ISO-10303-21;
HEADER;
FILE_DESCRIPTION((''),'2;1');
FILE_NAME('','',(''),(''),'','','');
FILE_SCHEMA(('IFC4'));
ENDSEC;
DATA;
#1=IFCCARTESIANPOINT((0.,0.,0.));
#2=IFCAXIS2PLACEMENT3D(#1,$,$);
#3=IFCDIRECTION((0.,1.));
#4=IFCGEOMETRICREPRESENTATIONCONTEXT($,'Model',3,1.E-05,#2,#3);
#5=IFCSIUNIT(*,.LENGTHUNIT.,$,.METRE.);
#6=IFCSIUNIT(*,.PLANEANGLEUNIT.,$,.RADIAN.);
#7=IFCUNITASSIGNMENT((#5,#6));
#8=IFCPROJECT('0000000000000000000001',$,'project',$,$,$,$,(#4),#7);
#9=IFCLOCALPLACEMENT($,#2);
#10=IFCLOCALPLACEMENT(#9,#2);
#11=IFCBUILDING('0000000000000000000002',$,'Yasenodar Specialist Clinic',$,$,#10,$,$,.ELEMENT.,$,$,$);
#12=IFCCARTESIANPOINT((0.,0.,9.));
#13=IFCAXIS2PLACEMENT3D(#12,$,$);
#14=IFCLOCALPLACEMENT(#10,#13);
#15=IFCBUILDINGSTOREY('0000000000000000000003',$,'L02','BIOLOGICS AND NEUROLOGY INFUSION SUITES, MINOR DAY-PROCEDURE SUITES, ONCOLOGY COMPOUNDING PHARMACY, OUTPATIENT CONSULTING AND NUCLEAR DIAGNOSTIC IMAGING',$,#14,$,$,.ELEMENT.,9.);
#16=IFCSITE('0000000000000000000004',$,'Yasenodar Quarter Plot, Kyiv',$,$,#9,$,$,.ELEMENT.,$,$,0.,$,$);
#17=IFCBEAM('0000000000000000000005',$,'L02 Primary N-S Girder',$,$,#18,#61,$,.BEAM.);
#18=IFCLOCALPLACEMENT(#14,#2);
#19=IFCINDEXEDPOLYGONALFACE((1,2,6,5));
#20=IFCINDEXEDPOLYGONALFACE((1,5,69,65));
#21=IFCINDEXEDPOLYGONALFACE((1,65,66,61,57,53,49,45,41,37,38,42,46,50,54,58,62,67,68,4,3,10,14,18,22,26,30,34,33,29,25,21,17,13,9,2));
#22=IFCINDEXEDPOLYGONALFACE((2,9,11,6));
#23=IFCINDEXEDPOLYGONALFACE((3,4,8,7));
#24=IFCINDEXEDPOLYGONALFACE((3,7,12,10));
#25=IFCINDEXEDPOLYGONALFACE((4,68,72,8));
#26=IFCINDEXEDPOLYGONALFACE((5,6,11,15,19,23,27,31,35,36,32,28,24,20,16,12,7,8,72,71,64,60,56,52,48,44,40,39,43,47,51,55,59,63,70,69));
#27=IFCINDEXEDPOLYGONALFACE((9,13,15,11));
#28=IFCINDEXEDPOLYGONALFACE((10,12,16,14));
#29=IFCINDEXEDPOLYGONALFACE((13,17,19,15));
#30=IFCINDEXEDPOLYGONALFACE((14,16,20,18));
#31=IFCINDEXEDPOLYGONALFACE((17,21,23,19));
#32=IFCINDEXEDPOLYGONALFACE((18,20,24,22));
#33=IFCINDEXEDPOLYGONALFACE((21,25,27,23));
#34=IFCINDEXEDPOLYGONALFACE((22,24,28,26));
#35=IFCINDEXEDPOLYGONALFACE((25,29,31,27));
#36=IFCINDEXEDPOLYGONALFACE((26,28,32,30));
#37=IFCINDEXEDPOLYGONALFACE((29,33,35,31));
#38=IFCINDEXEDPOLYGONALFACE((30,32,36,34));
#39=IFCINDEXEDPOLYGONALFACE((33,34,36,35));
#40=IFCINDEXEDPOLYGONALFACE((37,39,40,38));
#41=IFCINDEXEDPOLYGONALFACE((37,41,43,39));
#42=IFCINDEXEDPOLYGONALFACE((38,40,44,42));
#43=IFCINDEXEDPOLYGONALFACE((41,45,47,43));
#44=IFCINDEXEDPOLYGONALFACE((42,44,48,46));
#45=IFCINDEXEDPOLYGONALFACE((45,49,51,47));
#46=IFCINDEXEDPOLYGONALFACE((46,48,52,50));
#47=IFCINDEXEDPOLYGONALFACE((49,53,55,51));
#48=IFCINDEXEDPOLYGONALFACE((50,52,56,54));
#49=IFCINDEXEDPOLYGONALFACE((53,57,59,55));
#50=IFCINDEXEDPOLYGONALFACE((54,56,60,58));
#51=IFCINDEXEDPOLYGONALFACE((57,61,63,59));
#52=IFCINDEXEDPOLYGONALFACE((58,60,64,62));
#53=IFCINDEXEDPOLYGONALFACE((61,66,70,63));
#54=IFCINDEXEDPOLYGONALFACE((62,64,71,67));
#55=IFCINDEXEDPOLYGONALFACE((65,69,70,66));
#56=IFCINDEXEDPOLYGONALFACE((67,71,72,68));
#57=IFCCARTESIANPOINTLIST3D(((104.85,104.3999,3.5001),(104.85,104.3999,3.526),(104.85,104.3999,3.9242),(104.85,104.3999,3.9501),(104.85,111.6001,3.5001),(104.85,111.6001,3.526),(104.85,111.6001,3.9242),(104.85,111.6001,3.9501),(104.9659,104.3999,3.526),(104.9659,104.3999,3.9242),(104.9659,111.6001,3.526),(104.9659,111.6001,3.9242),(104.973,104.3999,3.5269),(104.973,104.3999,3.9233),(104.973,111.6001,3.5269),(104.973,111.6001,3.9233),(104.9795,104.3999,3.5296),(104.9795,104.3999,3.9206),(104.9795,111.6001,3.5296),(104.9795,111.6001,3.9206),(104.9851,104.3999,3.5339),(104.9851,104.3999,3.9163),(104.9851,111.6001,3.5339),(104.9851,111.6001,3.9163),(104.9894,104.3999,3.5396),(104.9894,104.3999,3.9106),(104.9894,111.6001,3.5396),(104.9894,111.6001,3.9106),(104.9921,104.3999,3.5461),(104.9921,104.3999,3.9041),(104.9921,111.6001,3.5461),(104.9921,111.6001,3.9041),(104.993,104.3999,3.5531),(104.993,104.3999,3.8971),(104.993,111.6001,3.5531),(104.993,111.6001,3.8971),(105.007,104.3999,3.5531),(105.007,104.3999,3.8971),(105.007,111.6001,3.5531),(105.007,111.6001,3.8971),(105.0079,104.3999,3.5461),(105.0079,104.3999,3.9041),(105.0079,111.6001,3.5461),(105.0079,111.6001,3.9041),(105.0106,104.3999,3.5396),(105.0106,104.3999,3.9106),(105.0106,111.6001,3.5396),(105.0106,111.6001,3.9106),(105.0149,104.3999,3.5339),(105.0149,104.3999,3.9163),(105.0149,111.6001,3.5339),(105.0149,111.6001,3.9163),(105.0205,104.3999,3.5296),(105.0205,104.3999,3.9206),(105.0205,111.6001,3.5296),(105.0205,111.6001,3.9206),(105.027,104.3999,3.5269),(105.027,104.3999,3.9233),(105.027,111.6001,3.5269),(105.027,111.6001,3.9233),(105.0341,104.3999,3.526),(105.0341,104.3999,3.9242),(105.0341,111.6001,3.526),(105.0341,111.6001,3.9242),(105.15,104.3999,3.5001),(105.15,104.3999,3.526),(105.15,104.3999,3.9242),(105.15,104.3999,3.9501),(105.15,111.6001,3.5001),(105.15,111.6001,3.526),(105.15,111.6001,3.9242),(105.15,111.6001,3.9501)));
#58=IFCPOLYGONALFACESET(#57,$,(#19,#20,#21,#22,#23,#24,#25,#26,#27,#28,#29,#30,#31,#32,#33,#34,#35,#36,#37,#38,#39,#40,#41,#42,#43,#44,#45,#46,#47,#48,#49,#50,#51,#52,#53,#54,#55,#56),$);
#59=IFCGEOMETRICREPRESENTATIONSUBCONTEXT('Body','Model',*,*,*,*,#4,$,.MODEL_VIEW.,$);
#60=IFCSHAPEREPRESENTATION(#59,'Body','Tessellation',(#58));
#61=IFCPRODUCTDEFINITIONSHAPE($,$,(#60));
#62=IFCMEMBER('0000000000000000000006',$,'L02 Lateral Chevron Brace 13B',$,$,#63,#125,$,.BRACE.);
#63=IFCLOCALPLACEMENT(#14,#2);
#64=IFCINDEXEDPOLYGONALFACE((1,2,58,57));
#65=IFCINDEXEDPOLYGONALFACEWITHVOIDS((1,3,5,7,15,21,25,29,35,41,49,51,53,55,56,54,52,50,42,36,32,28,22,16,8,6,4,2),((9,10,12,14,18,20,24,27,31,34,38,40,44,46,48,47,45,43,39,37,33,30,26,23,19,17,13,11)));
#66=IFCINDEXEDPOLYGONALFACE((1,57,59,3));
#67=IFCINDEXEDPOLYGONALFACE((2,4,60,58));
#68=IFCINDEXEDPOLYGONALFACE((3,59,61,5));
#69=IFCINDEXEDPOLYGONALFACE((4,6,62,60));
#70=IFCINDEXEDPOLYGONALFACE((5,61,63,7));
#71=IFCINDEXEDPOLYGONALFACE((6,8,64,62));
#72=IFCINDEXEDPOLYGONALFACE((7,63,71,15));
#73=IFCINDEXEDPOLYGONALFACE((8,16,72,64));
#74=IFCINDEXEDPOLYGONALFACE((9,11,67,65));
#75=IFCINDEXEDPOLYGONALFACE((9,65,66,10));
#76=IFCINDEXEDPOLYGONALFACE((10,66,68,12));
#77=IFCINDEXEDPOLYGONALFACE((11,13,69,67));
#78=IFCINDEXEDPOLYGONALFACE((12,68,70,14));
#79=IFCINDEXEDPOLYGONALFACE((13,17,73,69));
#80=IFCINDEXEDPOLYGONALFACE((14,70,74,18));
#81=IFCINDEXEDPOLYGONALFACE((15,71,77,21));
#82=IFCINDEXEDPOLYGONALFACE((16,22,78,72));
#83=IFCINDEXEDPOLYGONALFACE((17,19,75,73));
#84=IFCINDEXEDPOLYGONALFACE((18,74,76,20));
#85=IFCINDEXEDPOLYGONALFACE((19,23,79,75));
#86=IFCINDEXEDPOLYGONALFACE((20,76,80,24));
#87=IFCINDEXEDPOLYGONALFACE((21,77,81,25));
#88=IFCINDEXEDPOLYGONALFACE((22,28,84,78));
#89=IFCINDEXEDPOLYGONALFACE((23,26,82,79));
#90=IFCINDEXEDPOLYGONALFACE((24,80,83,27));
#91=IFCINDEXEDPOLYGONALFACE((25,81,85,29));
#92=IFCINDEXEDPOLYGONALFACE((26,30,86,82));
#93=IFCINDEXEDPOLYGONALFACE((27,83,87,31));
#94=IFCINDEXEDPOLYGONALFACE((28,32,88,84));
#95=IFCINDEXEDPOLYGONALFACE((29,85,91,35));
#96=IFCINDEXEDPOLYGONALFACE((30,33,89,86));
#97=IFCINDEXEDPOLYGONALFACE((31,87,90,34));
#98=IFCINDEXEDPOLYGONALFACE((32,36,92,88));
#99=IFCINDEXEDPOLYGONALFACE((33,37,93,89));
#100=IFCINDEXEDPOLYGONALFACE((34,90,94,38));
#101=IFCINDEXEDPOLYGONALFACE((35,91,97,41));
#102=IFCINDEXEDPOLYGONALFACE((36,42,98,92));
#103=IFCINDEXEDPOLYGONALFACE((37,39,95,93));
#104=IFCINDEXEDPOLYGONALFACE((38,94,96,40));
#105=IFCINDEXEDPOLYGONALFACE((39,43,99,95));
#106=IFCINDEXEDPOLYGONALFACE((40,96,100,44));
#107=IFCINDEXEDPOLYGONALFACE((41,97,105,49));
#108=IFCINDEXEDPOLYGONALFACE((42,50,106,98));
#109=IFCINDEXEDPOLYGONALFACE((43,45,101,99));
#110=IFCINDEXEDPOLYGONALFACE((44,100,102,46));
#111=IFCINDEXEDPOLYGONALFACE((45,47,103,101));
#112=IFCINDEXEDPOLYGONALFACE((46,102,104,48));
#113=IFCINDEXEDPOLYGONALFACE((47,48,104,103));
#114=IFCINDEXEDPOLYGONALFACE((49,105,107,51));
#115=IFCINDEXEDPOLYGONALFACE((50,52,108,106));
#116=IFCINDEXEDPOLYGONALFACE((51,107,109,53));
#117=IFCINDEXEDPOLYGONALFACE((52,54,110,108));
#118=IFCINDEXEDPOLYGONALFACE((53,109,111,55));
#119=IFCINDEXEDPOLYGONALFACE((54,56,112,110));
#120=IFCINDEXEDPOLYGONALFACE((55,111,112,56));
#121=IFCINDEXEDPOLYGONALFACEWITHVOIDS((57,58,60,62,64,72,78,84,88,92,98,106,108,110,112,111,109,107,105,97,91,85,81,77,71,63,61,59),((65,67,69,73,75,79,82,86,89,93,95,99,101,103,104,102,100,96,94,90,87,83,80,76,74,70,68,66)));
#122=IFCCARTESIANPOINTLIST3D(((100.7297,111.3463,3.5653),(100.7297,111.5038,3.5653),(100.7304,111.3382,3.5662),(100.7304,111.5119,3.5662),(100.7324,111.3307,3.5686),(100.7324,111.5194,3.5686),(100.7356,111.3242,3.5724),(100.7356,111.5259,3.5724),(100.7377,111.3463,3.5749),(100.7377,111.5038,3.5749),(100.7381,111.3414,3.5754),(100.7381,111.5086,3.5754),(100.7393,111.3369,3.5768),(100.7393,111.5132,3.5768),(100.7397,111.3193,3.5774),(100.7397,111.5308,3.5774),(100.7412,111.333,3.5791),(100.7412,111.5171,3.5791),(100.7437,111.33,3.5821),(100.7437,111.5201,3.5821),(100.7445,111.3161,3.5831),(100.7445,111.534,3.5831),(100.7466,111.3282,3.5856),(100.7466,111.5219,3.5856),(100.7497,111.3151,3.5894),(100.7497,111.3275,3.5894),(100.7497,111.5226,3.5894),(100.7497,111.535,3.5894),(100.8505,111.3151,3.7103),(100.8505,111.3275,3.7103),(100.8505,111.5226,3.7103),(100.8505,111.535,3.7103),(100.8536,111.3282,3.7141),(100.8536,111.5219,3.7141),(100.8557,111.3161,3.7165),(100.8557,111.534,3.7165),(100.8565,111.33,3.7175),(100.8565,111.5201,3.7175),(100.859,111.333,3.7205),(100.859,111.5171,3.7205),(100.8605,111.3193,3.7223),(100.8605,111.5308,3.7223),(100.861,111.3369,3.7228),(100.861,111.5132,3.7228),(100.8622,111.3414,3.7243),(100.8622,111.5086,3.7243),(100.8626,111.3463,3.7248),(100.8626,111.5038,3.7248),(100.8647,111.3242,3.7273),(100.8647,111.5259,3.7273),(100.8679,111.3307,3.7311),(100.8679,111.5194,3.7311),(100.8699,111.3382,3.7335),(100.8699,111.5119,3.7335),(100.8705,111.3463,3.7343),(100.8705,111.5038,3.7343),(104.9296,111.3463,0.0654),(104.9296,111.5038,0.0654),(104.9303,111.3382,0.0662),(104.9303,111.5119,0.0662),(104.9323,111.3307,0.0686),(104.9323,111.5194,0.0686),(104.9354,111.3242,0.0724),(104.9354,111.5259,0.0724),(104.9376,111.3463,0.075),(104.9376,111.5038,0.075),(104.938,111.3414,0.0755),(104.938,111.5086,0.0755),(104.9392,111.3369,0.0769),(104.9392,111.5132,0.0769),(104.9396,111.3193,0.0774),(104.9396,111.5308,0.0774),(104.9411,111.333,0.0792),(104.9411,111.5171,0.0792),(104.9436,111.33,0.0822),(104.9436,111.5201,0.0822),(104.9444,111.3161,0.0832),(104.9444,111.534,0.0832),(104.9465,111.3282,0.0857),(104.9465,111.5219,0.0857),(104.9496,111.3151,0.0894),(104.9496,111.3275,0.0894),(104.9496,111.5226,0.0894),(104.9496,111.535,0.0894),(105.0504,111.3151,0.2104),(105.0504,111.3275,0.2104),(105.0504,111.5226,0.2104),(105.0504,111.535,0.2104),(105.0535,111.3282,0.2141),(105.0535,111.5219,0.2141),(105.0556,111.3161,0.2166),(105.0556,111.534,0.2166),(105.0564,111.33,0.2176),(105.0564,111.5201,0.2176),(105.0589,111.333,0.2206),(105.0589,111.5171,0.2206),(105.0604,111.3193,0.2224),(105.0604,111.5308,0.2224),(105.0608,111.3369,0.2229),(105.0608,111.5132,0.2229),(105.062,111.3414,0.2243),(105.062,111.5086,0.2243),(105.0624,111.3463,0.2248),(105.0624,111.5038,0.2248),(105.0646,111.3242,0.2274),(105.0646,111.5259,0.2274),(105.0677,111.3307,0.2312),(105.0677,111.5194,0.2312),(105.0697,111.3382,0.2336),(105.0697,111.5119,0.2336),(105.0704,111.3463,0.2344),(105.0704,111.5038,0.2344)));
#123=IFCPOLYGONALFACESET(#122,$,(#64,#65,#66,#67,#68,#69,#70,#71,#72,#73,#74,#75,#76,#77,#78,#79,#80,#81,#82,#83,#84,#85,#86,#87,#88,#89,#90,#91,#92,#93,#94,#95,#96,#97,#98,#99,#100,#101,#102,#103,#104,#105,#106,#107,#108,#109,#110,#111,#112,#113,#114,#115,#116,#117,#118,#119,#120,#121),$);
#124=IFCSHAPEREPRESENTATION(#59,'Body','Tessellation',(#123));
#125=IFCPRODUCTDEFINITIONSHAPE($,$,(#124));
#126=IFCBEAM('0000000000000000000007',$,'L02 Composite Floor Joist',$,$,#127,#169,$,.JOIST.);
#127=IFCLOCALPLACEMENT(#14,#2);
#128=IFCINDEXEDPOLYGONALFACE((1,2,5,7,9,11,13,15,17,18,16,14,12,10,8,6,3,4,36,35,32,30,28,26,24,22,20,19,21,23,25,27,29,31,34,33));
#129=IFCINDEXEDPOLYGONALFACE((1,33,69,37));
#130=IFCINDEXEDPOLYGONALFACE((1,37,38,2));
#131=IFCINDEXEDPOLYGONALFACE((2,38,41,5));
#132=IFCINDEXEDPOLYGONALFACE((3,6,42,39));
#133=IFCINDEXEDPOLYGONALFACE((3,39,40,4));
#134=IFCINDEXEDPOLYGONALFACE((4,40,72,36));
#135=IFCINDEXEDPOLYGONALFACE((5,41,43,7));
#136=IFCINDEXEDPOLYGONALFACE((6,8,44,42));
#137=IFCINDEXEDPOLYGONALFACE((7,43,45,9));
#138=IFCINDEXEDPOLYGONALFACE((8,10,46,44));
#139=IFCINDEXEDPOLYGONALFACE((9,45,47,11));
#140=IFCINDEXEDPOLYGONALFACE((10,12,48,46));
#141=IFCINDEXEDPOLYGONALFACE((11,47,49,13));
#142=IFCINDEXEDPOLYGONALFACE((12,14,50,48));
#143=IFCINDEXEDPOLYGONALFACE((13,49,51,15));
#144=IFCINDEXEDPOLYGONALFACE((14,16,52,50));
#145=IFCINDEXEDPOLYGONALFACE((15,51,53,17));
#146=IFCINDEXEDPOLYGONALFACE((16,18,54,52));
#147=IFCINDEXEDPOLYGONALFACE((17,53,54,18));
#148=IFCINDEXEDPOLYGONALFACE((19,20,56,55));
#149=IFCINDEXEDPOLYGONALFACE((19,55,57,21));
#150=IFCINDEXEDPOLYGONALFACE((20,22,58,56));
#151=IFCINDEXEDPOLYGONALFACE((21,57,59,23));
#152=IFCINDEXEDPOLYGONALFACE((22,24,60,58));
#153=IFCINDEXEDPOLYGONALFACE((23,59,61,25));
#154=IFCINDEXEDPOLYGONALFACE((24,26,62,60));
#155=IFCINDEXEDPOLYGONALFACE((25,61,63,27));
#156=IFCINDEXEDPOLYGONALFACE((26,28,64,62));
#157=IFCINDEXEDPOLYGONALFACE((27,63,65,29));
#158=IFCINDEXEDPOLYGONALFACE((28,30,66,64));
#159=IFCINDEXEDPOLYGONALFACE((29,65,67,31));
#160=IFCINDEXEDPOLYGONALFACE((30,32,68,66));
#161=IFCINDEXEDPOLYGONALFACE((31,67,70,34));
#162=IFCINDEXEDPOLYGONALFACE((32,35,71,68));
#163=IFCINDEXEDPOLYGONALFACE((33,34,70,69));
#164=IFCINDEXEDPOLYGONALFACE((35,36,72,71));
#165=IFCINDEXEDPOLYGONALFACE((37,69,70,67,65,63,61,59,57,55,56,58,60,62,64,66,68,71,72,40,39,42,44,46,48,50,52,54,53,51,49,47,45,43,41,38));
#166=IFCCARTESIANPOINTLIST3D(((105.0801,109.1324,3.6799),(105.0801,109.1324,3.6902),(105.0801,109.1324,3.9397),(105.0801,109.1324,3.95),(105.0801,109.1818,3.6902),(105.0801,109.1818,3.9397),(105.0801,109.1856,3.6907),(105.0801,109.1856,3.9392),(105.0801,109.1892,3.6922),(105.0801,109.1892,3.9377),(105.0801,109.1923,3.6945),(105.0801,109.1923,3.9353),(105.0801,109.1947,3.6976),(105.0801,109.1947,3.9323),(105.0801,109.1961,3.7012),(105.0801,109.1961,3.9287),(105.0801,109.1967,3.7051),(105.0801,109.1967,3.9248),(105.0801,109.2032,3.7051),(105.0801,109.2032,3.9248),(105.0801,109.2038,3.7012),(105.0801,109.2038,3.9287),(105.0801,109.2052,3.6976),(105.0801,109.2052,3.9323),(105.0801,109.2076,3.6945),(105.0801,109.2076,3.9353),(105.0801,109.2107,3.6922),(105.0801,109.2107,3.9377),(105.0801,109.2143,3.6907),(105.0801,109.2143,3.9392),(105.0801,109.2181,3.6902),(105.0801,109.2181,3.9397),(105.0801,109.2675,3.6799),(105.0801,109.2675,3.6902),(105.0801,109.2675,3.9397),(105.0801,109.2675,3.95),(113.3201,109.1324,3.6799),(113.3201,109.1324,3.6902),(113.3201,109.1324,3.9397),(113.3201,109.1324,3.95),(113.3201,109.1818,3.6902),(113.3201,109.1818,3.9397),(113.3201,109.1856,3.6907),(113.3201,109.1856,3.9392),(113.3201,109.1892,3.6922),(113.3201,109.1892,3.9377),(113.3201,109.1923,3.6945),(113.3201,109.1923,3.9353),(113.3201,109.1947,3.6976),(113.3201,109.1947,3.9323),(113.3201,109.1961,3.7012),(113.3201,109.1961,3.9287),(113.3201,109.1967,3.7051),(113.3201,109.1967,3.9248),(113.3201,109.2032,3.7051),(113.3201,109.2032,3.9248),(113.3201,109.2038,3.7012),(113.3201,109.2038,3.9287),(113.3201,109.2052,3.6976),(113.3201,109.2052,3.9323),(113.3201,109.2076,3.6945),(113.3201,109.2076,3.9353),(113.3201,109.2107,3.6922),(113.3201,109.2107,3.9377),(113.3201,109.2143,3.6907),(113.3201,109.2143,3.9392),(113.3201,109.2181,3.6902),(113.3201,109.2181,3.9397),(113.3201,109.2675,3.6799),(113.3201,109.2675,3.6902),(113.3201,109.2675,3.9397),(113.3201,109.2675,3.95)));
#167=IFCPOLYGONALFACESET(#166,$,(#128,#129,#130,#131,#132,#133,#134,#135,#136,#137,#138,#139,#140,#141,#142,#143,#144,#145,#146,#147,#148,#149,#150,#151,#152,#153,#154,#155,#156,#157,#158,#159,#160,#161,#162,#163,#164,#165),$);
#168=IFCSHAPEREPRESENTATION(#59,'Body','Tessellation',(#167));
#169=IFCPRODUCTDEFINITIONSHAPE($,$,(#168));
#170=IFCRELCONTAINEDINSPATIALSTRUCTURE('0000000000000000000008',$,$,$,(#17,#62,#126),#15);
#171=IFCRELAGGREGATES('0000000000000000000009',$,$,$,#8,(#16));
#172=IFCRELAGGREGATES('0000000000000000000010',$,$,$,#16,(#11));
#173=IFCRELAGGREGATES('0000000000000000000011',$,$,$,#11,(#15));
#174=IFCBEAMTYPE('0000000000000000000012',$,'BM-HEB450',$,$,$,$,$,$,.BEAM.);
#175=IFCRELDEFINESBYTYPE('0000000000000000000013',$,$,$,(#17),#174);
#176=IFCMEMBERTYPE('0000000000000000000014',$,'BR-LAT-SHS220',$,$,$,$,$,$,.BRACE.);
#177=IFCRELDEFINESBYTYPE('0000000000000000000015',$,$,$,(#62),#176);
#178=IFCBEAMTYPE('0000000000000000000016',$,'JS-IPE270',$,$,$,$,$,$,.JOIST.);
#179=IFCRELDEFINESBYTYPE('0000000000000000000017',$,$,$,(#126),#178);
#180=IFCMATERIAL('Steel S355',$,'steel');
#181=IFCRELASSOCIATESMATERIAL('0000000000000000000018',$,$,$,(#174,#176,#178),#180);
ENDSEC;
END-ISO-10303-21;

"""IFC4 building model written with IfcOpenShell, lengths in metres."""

from ifc_helpers import new_model, si_unit, direction, frame, origin, origin_2d, place, context, subcontext, project, spatial, hollow_rectangle, i_section, extrude, material, material_profile, profile_set, type_object, element, save


model = new_model("IFC4")

# Units and contexts
model_context = context("Model", 3, precision=1e-05, world=origin(), true_north=direction((0.0, 1.0)))
body_context = subcontext(model_context, "Body", "Model", "MODEL_VIEW")
ifc_project = project(units=[si_unit("LENGTHUNIT", "METRE"), si_unit("PLANEANGLEUNIT", "RADIAN")], contexts=[model_context])

# Site, building, storey
site_placement = place(None, origin())
site = spatial("IfcSite", under=ifc_project, at=site_placement, Name="Yasenodar Quarter Plot, Kyiv", CompositionType="ELEMENT", RefElevation=0.0)
building_placement = place(site_placement, origin())
building = spatial("IfcBuilding", under=site, at=building_placement, Name="Yasenodar Specialist Clinic", CompositionType="ELEMENT")
storey_placement = place(building_placement, frame((0.0, 0.0, 9.0)))
storey = spatial("IfcBuildingStorey", under=building, at=storey_placement, Name="L02", Description="BIOLOGICS AND NEUROLOGY INFUSION SUITES, MINOR DAY-PROCEDURE SUITES, ONCOLOGY COMPOUNDING PHARMACY, OUTPATIENT CONSULTING AND NUCLEAR DIAGNOSTIC IMAGING", CompositionType="ELEMENT", Elevation=9.0)

# Shared definitions
ifc_material_1 = material(Name="Steel S355", Category="steel")

# Beam
ifc_material_profile_1 = material_profile(ifc_material_1, i_section(OverallWidth=0.3, OverallDepth=0.45, WebThickness=0.0139, FlangeThickness=0.0259, FilletRadius=0.0271, at=origin_2d()), Name="HEB 450")
ifc_profile_set_1 = profile_set([ifc_material_profile_1], Name="Steel S355")
beam_type_1 = type_object("IfcBeamType", Name="BM-HEB450", PredefinedType="BEAM", material=ifc_profile_set_1)
beam_1_placement = place(storey_placement, frame((105.0, 104.3999, 3.7251), z_axis=(0.0, 1.0, 0.0), x_axis=(-1.0, 0.0, 0.0)))
element("IfcBeam", 1, at=beam_1_placement, inside=storey, type_object=beam_type_1, Name="L02 Primary N-S Girder", PredefinedType="BEAM", context=body_context, shape_type="SweptSolid", body=[
    extrude(i_section(OverallWidth=0.3, OverallDepth=0.45, WebThickness=0.0139, FlangeThickness=0.0259, FilletRadius=0.0271, at=origin_2d()), origin(), (0.0, 0.0, 1.0), 7.2002),
])

# Member
ifc_material_profile_2 = material_profile(ifc_material_1, hollow_rectangle(XDim=0.22, YDim=0.22, WallThickness=0.0125, InnerFilletRadius=0.0188, OuterFilletRadius=0.0312, at=origin_2d()), Name="SHS 220x220x12.5")
ifc_profile_set_2 = profile_set([ifc_material_profile_2], Name="Steel S355")
member_type = type_object("IfcMemberType", Name="BR-LAT-SHS220", PredefinedType="BRACE", material=ifc_profile_set_2)
member_placement = place(storey_placement, frame((105.0, 111.425, 0.1499), z_axis=(-0.768218, 0.0, 0.640189), x_axis=(0.0, -1.0, 0.0)))
element("IfcMember", 2, at=member_placement, inside=storey, type_object=member_type, Name="L02 Lateral Chevron Brace 13B", PredefinedType="BRACE", context=body_context, shape_type="SweptSolid", body=[
    extrude(hollow_rectangle(XDim=0.22, YDim=0.22, WallThickness=0.0125, InnerFilletRadius=0.0188, OuterFilletRadius=0.0312, at=origin_2d()), origin(), (0.0, 0.0, 1.0), 5.467),
])

# Beam
ifc_material_profile_3 = material_profile(ifc_material_1, i_section(OverallWidth=0.135, OverallDepth=0.27, WebThickness=0.0066, FlangeThickness=0.0103, FilletRadius=0.0149, at=origin_2d()), Name="IPE 270")
ifc_profile_set_3 = profile_set([ifc_material_profile_3], Name="Steel S355")
beam_type_2 = type_object("IfcBeamType", Name="JS-IPE270", PredefinedType="JOIST", material=ifc_profile_set_3)
beam_2_placement = place(storey_placement, frame((105.0801, 109.2, 3.8149), z_axis=(1.0, 0.0, 0.0), x_axis=(0.0, 1.0, 0.0)))
element("IfcBeam", 3, at=beam_2_placement, inside=storey, type_object=beam_type_2, Name="L02 Composite Floor Joist", PredefinedType="JOIST", context=body_context, shape_type="SweptSolid", body=[
    extrude(i_section(OverallWidth=0.135, OverallDepth=0.27, WebThickness=0.0066, FlangeThickness=0.0103, FilletRadius=0.0149, at=origin_2d()), origin(), (0.0, 0.0, 1.0), 8.24),
])

save(model, "model.ifc")
